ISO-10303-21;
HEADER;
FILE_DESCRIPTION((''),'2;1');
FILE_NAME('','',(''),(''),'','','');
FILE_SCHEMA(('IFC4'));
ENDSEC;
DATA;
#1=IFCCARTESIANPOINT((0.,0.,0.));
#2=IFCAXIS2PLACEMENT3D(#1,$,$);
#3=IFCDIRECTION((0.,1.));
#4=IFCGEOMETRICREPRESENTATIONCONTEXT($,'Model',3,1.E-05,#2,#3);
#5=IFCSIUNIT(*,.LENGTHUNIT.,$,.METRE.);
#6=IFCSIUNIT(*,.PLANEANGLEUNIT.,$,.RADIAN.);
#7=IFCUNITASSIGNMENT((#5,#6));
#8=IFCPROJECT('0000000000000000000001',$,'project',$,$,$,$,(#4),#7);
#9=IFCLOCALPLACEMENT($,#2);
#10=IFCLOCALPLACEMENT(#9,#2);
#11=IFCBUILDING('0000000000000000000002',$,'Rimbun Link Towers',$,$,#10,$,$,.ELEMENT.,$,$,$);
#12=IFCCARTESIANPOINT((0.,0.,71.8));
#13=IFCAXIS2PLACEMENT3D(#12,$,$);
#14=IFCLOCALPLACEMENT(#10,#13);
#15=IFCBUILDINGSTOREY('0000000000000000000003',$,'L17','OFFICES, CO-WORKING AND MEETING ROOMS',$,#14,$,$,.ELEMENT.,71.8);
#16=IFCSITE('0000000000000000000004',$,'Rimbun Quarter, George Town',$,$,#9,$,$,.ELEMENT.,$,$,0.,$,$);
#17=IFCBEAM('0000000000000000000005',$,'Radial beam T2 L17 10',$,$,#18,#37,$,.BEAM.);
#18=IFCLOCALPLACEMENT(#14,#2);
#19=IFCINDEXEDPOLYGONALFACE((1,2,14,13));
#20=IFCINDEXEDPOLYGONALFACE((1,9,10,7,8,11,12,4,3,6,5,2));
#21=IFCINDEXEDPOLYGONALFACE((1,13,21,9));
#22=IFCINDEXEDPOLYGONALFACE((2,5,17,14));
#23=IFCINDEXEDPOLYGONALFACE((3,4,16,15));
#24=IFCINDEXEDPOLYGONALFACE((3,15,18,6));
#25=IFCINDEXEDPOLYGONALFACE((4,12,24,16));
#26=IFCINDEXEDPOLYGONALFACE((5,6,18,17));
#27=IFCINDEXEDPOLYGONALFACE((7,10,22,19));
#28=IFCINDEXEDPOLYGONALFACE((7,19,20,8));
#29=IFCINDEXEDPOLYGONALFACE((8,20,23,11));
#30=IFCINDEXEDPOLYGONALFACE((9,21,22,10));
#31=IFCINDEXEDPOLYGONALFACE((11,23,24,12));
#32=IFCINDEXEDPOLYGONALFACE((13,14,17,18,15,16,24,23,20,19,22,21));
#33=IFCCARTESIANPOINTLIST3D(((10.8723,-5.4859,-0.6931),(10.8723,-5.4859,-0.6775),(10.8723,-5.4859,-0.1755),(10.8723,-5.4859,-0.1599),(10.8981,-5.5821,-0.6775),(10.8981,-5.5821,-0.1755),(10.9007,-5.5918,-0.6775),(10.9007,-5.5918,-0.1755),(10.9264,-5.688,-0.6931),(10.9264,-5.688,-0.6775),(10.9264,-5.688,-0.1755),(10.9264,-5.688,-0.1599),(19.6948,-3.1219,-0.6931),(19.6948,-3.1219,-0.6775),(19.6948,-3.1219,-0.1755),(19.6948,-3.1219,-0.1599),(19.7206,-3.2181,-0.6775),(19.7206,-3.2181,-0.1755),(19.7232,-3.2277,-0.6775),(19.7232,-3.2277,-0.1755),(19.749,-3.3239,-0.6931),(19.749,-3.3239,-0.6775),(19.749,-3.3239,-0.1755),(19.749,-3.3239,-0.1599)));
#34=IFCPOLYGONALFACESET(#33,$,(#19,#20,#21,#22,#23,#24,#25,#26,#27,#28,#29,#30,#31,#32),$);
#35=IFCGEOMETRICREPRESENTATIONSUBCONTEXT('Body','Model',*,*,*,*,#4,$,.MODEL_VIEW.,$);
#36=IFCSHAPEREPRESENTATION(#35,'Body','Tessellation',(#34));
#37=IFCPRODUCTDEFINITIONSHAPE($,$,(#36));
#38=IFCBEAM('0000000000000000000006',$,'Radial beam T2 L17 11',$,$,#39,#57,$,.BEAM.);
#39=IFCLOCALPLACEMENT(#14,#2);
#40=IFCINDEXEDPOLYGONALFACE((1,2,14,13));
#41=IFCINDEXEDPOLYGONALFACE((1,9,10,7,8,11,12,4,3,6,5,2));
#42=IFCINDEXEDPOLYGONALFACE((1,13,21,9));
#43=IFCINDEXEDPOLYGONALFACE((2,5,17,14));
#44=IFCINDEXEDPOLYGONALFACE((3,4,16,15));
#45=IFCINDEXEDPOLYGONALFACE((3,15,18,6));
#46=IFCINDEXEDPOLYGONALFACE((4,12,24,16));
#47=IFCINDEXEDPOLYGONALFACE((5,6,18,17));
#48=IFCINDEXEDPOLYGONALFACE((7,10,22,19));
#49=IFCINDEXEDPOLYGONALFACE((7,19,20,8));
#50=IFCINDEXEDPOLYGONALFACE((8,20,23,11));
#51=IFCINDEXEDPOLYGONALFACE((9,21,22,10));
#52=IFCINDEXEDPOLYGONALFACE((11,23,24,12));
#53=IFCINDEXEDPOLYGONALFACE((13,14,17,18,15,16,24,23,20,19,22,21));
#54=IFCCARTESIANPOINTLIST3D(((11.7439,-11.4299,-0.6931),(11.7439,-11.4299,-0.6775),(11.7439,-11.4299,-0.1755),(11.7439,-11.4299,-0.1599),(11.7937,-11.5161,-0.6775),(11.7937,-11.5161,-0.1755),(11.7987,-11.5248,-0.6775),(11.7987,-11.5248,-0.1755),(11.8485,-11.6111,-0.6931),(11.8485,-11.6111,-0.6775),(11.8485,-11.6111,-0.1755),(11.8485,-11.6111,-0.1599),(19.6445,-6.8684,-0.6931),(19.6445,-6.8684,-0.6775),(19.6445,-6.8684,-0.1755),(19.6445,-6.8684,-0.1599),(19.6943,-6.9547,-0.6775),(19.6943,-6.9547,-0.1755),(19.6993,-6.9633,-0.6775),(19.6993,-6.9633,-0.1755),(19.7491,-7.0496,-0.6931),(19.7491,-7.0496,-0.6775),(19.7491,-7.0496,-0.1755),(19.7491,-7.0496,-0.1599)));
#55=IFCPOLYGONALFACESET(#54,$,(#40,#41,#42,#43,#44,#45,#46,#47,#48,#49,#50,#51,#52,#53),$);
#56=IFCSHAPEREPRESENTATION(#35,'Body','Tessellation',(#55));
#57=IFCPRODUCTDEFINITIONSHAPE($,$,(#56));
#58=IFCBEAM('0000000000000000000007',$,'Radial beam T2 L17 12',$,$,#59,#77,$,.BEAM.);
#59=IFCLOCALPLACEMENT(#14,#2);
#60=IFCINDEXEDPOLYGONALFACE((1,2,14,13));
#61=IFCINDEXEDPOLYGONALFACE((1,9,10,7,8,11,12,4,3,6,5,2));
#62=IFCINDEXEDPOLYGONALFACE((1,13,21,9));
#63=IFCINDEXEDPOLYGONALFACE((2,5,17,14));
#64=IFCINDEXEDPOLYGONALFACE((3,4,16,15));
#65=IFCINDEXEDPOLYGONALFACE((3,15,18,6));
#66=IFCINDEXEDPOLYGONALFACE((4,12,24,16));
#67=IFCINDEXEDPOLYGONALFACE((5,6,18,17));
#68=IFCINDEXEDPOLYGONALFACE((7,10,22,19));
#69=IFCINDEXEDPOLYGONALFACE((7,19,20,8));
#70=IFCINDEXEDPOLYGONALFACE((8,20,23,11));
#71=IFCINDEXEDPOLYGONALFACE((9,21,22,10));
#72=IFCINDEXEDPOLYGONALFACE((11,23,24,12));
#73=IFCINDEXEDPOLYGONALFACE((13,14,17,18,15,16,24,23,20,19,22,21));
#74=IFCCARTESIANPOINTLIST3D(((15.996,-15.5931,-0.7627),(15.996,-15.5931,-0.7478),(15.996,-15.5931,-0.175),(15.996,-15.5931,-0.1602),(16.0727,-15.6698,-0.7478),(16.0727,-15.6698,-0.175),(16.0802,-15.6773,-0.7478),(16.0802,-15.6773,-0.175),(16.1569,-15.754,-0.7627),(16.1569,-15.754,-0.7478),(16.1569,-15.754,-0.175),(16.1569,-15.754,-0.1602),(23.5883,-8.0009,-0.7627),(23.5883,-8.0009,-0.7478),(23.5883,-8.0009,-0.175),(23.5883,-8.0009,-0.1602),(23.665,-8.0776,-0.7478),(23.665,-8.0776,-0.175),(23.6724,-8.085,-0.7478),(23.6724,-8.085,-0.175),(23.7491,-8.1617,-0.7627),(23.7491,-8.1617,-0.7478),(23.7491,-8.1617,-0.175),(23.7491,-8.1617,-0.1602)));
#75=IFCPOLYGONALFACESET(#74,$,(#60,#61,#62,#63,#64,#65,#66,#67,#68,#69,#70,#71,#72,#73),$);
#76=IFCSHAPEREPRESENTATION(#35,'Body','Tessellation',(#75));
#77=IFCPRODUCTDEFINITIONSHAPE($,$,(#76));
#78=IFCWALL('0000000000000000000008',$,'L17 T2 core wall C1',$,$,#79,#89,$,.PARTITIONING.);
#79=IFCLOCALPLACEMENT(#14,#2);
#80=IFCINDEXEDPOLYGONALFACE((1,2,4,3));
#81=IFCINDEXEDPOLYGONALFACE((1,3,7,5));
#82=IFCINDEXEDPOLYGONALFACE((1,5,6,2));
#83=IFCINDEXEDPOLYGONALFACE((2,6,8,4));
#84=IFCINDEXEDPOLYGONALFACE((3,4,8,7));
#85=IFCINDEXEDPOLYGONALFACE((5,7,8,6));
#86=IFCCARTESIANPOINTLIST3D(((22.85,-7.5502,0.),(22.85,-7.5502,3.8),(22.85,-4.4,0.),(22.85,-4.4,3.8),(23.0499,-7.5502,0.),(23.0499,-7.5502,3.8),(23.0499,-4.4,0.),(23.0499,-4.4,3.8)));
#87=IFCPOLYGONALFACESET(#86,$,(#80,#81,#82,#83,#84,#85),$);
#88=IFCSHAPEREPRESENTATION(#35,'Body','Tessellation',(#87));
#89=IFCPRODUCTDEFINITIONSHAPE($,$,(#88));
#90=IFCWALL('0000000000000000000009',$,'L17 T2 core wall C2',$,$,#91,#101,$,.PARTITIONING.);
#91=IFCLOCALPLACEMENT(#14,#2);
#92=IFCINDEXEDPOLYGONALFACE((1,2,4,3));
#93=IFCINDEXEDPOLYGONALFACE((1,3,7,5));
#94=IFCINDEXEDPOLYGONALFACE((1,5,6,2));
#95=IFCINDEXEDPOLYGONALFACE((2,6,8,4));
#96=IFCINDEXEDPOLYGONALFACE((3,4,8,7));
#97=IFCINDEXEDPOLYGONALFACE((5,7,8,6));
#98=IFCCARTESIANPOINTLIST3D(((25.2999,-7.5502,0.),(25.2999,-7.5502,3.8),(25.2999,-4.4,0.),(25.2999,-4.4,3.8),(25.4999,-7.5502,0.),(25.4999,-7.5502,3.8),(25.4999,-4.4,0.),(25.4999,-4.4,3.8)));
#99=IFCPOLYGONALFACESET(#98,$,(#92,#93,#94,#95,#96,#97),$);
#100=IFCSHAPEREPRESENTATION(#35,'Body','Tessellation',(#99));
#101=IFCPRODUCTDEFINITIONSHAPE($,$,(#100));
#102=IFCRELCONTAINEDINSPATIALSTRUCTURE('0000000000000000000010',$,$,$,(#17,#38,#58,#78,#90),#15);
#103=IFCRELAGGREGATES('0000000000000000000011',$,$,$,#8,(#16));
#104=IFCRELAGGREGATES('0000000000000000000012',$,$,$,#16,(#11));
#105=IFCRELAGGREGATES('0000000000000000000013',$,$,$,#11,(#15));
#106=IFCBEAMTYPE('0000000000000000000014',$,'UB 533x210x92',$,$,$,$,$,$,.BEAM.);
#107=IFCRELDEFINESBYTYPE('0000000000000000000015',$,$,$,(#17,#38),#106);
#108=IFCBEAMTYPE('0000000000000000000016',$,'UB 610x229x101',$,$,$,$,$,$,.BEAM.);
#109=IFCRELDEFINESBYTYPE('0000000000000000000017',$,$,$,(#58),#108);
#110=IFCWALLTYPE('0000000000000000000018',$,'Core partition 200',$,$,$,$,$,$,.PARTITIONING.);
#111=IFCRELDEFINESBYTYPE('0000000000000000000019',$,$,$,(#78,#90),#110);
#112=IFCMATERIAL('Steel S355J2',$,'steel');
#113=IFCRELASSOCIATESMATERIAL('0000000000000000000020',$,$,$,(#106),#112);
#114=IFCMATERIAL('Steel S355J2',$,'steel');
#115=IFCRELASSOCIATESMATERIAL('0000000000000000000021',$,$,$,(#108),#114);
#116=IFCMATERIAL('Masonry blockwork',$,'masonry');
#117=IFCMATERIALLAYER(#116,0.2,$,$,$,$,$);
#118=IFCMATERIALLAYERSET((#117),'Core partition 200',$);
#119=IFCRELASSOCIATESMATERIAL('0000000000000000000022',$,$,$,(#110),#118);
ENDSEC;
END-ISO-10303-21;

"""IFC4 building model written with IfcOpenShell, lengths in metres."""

from ifc_helpers import new_model, si_unit, direction, frame, frame_2d, origin, origin_2d, place, context, subcontext, project, spatial, rectangle, i_section, extrude, material, layer, layer_set, material_profile, profile_set, type_object, element, save


model = new_model("IFC4")

# Units and contexts
model_context = context("Model", 3, precision=1e-05, world=origin(), true_north=direction((0.0, 1.0)))
body_context = subcontext(model_context, "Body", "Model", "MODEL_VIEW")
ifc_project = project(units=[si_unit("LENGTHUNIT", "METRE"), si_unit("PLANEANGLEUNIT", "RADIAN")], contexts=[model_context])

# Site, building, storey
site_placement = place(None, origin())
site = spatial("IfcSite", under=ifc_project, at=site_placement, Name="Rimbun Quarter, George Town", CompositionType="ELEMENT", RefElevation=0.0)
building_placement = place(site_placement, origin())
building = spatial("IfcBuilding", under=site, at=building_placement, Name="Rimbun Link Towers", CompositionType="ELEMENT")
storey_placement = place(building_placement, frame((0.0, 0.0, 71.8)))
storey = spatial("IfcBuildingStorey", under=building, at=storey_placement, Name="L17", Description="OFFICES, CO-WORKING AND MEETING ROOMS", CompositionType="ELEMENT", Elevation=71.8)

# Beams
ifc_material_1 = material(Name="Steel S355J2", Category="steel")
ifc_material_profile_1 = material_profile(ifc_material_1, i_section(OverallWidth=0.2092, OverallDepth=0.5332, WebThickness=0.01, FlangeThickness=0.0156, at=origin_2d()), Name="UB 533x210x92")
ifc_profile_set_1 = profile_set([ifc_material_profile_1], Name="Steel S355J2")
beam_type_1 = type_object("IfcBeamType", Name="UB 533x210x92", PredefinedType="BEAM", material=ifc_profile_set_1)
beam_1_placement = place(storey_placement, frame((19.7219, -3.2229, -0.4265), z_axis=(-0.965925, -0.258822, 0.0), x_axis=(0.258822, -0.965925, 0.0)))
element("IfcBeam", 1, at=beam_1_placement, inside=storey, type_object=beam_type_1, Name="Radial beam T2 L17 10", PredefinedType="BEAM", context=body_context, shape_type="SweptSolid", body=[
    extrude(i_section(OverallWidth=0.2092, OverallDepth=0.5332, WebThickness=0.01, FlangeThickness=0.0156, at=origin_2d()), origin(), (0.0, 0.0, 1.0), 9.1338),
])
beam_2_placement = place(storey_placement, frame((19.6968, -6.959, -0.4265), z_axis=(-0.866021, -0.500007, 0.0), x_axis=(0.500007, -0.866021, 0.0)))
element("IfcBeam", 2, at=beam_2_placement, inside=storey, type_object=beam_type_1, Name="Radial beam T2 L17 11", PredefinedType="BEAM", context=body_context, shape_type="SweptSolid", body=[
    extrude(i_section(OverallWidth=0.2092, OverallDepth=0.5332, WebThickness=0.01, FlangeThickness=0.0156, at=origin_2d()), origin(), (0.0, 0.0, 1.0), 9.1228),
])
ifc_material_2 = material(Name="Steel S355J2", Category="steel")
ifc_material_profile_2 = material_profile(ifc_material_2, i_section(OverallWidth=0.2275, OverallDepth=0.6025, WebThickness=0.0105, FlangeThickness=0.0149, at=origin_2d()), Name="UB 610x229x101")
ifc_profile_set_2 = profile_set([ifc_material_profile_2], Name="Steel S355J2")
beam_type_2 = type_object("IfcBeamType", Name="UB 610x229x101", PredefinedType="BEAM", material=ifc_profile_set_2)
beam_3_placement = place(storey_placement, frame((23.6687, -8.0813, -0.4614), z_axis=(-0.707107, -0.707107, 0.0), x_axis=(0.707107, -0.707107, 0.0)))
element("IfcBeam", 3, at=beam_3_placement, inside=storey, type_object=beam_type_2, Name="Radial beam T2 L17 12", PredefinedType="BEAM", context=body_context, shape_type="SweptSolid", body=[
    extrude(i_section(OverallWidth=0.2275, OverallDepth=0.6025, WebThickness=0.0105, FlangeThickness=0.0149, at=origin_2d()), origin(), (0.0, 0.0, 1.0), 10.7371),
])

# Walls
ifc_material_3 = material(Name="Masonry blockwork", Category="masonry")
ifc_layer_1 = layer(ifc_material_3, 0.2)
ifc_layer_set_1 = layer_set([ifc_layer_1], Name="Core partition 200")
wall_type_1 = type_object("IfcWallType", Name="Core partition 200", PredefinedType="PARTITIONING", material=ifc_layer_set_1)
for number, where, z_axis, x_axis, name in (
    (4, (22.95, -4.3999, 0.0), (0.0, 0.0, 1.0), (0.0, -1.0, 0.0), "L17 T2 core wall C1"),
    (5, (25.3999, -4.3999, 0.0), (0.0, 0.0, 1.0), (0.0, -1.0, 0.0), "L17 T2 core wall C2"),
):
    element("IfcWall", number, at=place(storey_placement, frame(where, z_axis=z_axis, x_axis=x_axis)), inside=storey, type_object=wall_type_1, Name=name, PredefinedType="PARTITIONING", context=body_context, shape_type="SweptSolid", body=[
        extrude(rectangle(XDim=3.1501, YDim=0.2, at=frame_2d((1.5752, 0.0))), origin(), (0.0, 0.0, 1.0), 3.8),
    ])

save(model, "model.ifc")
